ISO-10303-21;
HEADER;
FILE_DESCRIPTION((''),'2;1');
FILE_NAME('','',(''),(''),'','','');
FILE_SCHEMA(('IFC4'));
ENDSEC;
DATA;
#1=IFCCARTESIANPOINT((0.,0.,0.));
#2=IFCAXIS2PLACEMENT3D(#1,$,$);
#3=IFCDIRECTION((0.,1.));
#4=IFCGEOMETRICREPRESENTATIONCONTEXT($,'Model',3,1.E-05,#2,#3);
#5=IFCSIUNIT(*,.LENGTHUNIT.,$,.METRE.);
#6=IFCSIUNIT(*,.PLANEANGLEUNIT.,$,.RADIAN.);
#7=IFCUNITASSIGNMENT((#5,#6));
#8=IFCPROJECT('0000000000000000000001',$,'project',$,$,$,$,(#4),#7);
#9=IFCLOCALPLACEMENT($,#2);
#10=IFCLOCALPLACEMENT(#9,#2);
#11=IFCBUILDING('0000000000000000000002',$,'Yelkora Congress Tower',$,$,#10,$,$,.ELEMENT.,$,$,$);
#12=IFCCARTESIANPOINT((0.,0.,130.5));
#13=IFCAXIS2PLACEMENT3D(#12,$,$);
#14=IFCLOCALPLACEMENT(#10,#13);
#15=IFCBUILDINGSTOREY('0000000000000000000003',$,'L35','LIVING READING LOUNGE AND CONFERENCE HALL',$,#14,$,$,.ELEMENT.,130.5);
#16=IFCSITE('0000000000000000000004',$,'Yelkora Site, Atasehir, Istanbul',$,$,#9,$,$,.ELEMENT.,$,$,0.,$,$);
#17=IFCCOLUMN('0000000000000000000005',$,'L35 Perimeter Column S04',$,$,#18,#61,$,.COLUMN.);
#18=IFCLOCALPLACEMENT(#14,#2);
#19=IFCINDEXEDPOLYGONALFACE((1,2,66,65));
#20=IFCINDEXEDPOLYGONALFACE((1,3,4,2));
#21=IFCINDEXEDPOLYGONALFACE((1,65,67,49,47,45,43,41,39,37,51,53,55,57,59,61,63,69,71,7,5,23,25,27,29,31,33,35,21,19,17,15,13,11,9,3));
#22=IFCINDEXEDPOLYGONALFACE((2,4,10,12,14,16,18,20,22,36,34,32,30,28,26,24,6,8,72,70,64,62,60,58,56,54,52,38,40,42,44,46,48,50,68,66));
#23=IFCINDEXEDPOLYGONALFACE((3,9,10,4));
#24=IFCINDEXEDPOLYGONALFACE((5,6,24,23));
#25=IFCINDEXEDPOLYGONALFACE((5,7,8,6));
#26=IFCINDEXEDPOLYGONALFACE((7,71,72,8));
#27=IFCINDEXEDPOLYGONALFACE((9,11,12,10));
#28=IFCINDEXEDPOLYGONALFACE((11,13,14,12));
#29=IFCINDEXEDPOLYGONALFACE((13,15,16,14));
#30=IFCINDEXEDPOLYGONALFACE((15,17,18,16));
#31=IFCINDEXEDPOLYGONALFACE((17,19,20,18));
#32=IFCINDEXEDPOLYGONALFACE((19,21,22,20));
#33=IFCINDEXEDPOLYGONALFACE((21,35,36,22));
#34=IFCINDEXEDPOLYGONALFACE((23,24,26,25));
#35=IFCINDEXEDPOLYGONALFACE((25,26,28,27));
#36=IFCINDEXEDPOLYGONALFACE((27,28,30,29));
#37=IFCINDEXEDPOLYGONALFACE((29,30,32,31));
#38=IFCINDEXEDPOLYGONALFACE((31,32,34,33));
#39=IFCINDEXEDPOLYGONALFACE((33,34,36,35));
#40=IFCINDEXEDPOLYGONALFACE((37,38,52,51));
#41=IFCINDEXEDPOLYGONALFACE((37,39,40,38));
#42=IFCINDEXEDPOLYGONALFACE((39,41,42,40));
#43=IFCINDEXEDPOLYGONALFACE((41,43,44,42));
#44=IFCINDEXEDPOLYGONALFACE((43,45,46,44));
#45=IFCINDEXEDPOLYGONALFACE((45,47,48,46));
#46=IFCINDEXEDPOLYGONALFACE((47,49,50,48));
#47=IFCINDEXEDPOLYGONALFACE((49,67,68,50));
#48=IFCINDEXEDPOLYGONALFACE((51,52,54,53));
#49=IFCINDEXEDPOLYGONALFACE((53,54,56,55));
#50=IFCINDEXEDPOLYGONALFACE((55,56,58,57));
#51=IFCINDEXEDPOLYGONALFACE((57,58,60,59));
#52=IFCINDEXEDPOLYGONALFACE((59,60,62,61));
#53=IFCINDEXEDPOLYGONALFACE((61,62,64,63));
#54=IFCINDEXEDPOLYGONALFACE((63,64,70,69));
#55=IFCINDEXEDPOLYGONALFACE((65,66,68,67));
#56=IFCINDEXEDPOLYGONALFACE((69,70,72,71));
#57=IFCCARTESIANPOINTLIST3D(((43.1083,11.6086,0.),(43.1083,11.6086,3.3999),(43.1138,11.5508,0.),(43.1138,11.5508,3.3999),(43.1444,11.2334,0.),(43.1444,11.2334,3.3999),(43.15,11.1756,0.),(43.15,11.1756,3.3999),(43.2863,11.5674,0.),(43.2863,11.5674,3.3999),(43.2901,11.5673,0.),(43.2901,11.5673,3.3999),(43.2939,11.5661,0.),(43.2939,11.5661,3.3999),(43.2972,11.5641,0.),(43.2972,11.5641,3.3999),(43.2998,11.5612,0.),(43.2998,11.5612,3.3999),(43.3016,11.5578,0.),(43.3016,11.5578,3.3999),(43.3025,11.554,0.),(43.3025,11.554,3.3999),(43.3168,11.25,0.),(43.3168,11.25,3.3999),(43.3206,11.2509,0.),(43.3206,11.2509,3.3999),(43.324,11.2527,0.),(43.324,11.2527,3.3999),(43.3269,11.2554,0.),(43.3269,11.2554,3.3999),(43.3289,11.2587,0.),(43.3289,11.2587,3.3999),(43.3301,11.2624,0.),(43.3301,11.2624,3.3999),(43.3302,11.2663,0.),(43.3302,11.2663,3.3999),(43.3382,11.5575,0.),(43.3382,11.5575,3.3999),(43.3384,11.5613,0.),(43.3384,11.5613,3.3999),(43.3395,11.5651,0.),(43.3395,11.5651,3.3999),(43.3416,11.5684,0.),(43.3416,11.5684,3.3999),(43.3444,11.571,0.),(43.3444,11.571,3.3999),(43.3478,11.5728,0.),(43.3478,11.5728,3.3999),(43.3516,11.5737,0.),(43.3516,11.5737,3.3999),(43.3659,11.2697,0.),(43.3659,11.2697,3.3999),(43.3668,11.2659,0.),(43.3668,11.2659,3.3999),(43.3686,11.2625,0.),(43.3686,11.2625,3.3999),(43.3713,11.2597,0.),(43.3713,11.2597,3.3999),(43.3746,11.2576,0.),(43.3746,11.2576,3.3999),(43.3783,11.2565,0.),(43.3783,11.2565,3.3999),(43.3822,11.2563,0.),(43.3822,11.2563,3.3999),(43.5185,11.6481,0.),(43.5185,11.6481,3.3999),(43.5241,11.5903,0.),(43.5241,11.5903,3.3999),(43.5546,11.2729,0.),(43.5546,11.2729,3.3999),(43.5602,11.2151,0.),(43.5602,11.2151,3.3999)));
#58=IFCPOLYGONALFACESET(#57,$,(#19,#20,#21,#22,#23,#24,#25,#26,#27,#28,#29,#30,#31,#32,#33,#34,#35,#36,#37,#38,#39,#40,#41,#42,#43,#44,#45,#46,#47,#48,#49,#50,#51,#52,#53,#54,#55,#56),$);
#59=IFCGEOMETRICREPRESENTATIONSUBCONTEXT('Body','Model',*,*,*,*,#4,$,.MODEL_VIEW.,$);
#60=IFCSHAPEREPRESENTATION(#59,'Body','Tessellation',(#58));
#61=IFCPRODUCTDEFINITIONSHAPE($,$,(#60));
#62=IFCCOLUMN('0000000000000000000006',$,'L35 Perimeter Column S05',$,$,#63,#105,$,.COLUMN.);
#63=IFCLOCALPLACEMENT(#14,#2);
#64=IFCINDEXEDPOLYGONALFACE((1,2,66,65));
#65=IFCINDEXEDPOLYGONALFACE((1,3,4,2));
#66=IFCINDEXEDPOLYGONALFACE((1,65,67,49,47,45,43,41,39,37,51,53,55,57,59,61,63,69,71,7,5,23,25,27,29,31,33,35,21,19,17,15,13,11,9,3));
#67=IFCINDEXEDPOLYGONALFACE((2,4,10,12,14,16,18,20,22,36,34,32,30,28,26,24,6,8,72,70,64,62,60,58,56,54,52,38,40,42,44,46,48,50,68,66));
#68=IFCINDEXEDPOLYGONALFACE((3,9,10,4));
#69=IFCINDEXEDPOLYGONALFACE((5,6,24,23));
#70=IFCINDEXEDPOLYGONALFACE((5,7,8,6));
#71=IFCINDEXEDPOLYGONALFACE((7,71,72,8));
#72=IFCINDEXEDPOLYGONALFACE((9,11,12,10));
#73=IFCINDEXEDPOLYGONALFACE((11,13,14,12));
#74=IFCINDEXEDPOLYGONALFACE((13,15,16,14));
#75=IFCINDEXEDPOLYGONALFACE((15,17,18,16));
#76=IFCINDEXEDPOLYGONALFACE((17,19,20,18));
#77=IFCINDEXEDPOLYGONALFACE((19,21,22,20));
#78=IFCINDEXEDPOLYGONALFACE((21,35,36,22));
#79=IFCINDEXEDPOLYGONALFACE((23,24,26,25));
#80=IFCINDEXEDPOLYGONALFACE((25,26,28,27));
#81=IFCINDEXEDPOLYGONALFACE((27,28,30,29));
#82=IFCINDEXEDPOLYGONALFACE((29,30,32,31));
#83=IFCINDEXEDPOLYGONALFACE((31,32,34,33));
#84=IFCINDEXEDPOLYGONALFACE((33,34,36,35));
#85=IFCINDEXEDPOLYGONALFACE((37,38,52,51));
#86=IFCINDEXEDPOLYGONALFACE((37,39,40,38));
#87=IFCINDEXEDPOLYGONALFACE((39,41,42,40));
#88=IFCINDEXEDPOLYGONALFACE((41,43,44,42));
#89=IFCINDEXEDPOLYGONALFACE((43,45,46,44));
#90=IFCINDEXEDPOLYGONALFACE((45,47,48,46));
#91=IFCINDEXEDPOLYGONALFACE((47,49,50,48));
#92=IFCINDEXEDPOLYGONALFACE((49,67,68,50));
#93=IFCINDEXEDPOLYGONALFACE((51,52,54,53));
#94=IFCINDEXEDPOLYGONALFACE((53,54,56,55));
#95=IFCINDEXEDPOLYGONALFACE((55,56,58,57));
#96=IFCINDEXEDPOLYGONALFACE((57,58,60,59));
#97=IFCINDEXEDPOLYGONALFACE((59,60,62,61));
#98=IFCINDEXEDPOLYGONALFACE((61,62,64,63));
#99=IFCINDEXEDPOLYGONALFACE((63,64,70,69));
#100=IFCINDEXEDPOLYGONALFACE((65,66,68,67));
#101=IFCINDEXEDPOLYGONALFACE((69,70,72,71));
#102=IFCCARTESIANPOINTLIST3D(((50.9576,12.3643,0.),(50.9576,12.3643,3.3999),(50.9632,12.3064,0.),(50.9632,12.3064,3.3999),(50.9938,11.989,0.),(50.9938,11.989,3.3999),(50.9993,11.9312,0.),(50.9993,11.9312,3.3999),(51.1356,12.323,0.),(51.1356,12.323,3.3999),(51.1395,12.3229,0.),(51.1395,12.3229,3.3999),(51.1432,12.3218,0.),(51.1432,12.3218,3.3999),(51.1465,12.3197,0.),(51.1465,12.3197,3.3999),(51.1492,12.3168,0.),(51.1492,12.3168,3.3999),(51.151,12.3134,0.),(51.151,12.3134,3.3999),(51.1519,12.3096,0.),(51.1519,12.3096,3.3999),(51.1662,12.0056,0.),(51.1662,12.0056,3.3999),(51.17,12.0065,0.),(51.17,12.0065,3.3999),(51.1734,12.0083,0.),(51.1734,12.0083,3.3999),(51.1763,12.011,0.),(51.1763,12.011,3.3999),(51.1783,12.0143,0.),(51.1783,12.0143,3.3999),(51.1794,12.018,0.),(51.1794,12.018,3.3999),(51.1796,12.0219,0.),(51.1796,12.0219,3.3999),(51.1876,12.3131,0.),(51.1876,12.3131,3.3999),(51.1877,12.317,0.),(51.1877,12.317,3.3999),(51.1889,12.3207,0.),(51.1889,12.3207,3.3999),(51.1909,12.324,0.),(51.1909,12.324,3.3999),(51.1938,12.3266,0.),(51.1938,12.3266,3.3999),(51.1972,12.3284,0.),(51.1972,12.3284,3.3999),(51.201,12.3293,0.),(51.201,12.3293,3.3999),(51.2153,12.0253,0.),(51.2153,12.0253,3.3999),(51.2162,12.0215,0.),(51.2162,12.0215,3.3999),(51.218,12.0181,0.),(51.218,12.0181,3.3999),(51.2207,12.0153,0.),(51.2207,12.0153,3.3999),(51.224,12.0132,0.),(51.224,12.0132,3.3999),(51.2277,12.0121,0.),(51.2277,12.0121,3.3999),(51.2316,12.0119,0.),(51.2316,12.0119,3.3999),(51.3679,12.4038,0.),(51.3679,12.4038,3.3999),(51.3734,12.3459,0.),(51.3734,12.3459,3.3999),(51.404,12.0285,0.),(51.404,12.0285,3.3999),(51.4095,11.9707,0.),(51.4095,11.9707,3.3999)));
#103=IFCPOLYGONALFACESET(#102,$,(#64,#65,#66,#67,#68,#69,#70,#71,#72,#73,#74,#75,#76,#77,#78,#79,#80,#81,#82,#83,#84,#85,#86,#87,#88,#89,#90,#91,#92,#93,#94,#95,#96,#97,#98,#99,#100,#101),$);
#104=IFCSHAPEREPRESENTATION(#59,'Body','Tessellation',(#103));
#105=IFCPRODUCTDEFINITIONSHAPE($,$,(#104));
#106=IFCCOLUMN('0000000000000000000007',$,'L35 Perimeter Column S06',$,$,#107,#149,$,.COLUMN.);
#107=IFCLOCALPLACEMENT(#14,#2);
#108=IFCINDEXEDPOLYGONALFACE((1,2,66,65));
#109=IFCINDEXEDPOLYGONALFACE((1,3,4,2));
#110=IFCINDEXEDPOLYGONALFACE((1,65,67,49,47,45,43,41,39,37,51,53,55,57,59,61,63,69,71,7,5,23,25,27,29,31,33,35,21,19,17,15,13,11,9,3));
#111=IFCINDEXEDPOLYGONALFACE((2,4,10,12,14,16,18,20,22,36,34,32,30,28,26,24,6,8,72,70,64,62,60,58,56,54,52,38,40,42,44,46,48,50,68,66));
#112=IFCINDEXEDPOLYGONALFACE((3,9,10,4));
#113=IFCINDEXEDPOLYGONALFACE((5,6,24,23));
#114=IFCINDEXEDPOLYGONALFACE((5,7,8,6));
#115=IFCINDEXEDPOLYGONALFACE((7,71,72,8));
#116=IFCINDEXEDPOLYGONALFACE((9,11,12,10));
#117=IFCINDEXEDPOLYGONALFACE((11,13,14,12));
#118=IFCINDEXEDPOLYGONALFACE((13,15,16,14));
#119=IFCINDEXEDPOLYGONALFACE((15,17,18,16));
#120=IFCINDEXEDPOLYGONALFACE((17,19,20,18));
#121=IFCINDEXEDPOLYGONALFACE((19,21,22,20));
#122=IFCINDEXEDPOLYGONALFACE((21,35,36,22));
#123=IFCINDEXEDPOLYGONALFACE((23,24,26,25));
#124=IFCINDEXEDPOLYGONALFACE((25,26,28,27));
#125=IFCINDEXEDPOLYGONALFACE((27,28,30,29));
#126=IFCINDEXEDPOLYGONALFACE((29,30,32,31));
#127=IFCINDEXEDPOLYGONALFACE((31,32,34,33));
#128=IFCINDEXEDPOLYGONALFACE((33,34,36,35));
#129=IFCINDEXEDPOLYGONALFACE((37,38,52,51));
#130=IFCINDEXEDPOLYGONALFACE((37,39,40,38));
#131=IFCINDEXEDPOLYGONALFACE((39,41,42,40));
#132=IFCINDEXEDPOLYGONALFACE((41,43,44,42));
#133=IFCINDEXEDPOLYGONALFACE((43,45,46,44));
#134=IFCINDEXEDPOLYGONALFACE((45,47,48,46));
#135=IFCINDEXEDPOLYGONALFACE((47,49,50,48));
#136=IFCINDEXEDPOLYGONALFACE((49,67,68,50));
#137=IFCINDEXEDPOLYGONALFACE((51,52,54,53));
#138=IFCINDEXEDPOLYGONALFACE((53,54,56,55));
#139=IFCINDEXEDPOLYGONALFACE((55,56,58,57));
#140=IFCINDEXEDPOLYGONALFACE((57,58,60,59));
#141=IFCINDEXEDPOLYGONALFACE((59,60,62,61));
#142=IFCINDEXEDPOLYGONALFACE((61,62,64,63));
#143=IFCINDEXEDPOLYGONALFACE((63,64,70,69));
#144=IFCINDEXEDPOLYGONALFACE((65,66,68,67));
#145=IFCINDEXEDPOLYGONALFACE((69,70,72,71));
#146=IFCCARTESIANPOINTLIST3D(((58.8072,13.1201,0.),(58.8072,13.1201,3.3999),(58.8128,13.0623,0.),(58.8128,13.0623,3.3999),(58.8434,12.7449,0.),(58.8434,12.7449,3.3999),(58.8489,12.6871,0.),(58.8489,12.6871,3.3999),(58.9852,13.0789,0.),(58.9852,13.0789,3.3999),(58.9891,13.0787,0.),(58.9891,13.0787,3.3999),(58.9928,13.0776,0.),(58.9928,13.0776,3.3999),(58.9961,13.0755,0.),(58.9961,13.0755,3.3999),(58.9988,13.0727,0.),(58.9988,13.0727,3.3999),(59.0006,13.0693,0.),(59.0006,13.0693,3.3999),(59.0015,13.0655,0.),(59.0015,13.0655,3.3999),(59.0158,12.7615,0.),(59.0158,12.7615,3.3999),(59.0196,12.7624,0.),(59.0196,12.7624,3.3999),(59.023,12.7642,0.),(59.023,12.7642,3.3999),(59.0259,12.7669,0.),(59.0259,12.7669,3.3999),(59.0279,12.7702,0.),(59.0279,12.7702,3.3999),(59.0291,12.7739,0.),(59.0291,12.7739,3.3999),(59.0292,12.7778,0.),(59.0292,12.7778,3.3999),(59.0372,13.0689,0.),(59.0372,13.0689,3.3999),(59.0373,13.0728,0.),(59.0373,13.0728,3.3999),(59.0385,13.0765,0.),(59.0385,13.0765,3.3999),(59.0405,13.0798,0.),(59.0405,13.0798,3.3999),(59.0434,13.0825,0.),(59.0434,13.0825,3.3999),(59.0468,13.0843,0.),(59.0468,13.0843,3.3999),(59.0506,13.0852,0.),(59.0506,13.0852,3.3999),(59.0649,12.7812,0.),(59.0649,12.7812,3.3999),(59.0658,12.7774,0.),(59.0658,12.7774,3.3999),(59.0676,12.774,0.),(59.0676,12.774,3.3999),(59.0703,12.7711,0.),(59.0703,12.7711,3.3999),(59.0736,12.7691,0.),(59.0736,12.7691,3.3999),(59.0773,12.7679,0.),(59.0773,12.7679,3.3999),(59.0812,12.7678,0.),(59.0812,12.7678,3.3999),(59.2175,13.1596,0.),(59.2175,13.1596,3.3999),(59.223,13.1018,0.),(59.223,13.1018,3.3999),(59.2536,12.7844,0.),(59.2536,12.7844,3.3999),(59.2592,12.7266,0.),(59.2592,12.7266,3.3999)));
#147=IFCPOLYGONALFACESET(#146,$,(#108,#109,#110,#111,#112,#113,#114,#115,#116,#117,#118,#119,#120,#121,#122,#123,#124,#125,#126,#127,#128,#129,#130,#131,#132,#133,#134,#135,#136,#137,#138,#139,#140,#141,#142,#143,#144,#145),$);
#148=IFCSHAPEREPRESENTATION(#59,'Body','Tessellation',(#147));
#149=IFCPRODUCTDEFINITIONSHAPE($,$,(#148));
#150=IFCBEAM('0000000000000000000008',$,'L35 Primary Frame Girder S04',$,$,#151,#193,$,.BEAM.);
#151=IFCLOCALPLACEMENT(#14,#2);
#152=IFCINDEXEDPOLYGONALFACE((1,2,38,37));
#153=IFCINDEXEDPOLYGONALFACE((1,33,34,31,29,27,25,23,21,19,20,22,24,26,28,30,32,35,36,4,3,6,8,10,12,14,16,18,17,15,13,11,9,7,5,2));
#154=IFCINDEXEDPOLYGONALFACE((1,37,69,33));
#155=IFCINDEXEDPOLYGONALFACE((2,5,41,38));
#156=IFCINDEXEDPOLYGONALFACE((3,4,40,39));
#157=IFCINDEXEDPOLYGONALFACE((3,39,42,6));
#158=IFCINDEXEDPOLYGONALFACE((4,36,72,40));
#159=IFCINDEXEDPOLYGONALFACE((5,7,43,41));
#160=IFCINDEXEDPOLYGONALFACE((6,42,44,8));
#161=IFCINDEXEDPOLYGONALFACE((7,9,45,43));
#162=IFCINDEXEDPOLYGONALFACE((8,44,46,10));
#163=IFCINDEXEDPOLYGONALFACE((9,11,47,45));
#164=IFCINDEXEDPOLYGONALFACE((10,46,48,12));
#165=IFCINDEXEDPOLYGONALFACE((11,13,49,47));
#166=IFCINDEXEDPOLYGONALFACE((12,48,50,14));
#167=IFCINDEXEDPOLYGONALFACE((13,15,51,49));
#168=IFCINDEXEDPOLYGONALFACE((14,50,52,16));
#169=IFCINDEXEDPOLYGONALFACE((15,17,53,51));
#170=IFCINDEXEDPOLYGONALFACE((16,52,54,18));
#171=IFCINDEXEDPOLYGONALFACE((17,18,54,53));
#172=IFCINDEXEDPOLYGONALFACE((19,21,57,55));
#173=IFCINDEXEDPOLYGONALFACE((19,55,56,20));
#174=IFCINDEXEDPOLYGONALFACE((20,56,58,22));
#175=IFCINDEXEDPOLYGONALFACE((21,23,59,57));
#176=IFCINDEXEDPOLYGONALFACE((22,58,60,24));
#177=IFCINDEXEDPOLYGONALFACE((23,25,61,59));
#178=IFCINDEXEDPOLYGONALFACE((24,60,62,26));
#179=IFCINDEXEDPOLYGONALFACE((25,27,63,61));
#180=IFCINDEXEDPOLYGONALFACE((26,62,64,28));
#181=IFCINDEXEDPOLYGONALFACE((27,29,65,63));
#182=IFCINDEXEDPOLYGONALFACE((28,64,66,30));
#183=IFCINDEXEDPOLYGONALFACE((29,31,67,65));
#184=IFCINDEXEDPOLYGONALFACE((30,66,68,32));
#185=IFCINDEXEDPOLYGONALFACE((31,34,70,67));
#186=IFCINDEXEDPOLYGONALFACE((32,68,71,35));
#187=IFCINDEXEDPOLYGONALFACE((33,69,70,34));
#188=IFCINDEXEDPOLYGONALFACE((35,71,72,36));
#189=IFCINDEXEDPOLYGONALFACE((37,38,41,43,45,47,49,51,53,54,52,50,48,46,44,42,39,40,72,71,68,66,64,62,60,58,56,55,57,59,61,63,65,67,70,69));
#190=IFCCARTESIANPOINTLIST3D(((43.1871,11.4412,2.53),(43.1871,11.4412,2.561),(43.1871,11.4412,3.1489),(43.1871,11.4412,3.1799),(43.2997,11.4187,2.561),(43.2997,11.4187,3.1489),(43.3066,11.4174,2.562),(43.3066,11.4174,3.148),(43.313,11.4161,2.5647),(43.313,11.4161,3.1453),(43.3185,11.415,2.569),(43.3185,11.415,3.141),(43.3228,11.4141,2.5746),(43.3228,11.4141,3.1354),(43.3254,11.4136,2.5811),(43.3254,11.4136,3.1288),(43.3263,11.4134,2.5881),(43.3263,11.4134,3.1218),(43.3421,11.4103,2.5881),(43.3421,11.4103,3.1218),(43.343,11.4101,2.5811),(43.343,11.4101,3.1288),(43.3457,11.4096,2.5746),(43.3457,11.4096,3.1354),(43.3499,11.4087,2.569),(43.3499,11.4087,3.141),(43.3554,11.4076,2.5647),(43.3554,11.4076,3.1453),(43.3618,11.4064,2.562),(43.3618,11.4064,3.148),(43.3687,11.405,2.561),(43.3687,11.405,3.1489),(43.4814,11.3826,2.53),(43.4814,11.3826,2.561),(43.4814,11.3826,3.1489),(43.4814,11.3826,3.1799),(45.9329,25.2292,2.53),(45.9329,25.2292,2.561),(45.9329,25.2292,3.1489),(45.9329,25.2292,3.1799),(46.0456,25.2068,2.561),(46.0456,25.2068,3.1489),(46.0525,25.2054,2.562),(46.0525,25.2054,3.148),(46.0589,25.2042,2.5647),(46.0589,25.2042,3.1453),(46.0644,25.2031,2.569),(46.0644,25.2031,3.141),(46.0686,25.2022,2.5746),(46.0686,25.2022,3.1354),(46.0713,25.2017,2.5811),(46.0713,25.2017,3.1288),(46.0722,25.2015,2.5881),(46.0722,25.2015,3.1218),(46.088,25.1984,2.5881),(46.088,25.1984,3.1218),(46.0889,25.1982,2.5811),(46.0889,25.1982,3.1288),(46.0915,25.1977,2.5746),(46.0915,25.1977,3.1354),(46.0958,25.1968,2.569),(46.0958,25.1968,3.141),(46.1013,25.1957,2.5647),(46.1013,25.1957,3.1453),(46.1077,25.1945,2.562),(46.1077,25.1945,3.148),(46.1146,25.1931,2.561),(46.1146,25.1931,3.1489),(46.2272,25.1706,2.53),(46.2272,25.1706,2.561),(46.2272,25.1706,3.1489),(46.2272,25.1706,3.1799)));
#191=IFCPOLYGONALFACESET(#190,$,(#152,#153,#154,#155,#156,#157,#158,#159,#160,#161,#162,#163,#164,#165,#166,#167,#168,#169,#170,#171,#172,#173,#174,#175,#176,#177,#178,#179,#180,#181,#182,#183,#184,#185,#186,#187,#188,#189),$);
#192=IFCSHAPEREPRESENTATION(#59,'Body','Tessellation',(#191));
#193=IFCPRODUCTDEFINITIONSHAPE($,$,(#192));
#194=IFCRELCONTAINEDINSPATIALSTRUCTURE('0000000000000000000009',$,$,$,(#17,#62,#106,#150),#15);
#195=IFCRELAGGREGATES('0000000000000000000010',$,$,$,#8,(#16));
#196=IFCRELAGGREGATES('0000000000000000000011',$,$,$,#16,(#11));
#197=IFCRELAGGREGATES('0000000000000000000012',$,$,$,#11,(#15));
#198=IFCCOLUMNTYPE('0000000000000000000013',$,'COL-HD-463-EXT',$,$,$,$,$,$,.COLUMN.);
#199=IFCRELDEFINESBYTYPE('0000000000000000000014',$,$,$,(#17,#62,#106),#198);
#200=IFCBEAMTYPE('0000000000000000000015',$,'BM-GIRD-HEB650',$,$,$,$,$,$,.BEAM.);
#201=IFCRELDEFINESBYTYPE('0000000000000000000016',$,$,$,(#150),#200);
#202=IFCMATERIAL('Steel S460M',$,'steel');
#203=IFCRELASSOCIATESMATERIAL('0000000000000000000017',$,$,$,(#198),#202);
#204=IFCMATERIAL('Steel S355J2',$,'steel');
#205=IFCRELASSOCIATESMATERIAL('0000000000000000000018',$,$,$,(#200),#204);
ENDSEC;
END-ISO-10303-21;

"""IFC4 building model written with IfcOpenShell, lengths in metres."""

from ifc_helpers import new_model, si_unit, direction, frame, origin, origin_2d, place, context, subcontext, project, spatial, i_section, extrude, material, material_profile, profile_set, type_object, element, save


model = new_model("IFC4")

# Units and contexts
model_context = context("Model", 3, precision=1e-05, world=origin(), true_north=direction((0.0, 1.0)))
body_context = subcontext(model_context, "Body", "Model", "MODEL_VIEW")
ifc_project = project(units=[si_unit("LENGTHUNIT", "METRE"), si_unit("PLANEANGLEUNIT", "RADIAN")], contexts=[model_context])

# Site, building, storey
site_placement = place(None, origin())
site = spatial("IfcSite", under=ifc_project, at=site_placement, Name="Yelkora Site, Atasehir, Istanbul", CompositionType="ELEMENT", RefElevation=0.0)
building_placement = place(site_placement, origin())
building = spatial("IfcBuilding", under=site, at=building_placement, Name="Yelkora Congress Tower", CompositionType="ELEMENT")
storey_placement = place(building_placement, frame((0.0, 0.0, 130.5)))
storey = spatial("IfcBuildingStorey", under=building, at=storey_placement, Name="L35", Description="LIVING READING LOUNGE AND CONFERENCE HALL", CompositionType="ELEMENT", Elevation=130.5)

# Columns
ifc_material_1 = material(Name="Steel S460M", Category="steel")
ifc_material_profile_1 = material_profile(ifc_material_1, i_section(OverallWidth=0.4121, OverallDepth=0.4351, WebThickness=0.0359, FlangeThickness=0.0581, FilletRadius=0.0149, at=origin_2d()), Name="HD 400x463")
ifc_profile_set_1 = profile_set([ifc_material_profile_1], Name="Steel S460M")
column_type = type_object("IfcColumnType", Name="COL-HD-463-EXT", PredefinedType="COLUMN", material=ifc_profile_set_1)
for number, where, z_axis, x_axis, name in (
    (1, (43.3342, 11.4119, 0.0), (0.0, 0.0, 1.0), (0.995396, 0.095846, 0.0), "L35 Perimeter Column S04"),
    (2, (51.1836, 12.1675, 0.0), (0.0, 0.0, 1.0), (0.995396, 0.095846, 0.0), "L35 Perimeter Column S05"),
    (3, (59.0332, 12.9233, 0.0), (0.0, 0.0, 1.0), (0.995396, 0.095846, 0.0), "L35 Perimeter Column S06"),
):
    element("IfcColumn", number, at=place(storey_placement, frame(where, z_axis=z_axis, x_axis=x_axis)), inside=storey, type_object=column_type, Name=name, PredefinedType="COLUMN", context=body_context, shape_type="SweptSolid", body=[
        extrude(i_section(OverallWidth=0.4121, OverallDepth=0.4351, WebThickness=0.0359, FlangeThickness=0.0581, FilletRadius=0.0149, at=origin_2d()), origin(), (0.0, 0.0, 1.0), 3.3999),
    ])

# Beam
ifc_material_2 = material(Name="Steel S355J2", Category="steel")
ifc_material_profile_2 = material_profile(ifc_material_2, i_section(OverallWidth=0.3, OverallDepth=0.6499, WebThickness=0.0161, FlangeThickness=0.031, FilletRadius=0.0271, at=origin_2d()), Name="HEB 650")
ifc_profile_set_2 = profile_set([ifc_material_profile_2], Name="Steel S355J2")
beam_type_1 = type_object("IfcBeamType", Name="BM-GIRD-HEB650", PredefinedType="BEAM", material=ifc_profile_set_2)
beam_1_placement = place(storey_placement, frame((43.3342, 11.4119, 2.855), z_axis=(0.195311, 0.980741, 0.0), x_axis=(-0.980741, 0.195311, 0.0)))
element("IfcBeam", 4, at=beam_1_placement, inside=storey, type_object=beam_type_1, Name="L35 Primary Frame Girder S04", PredefinedType="BEAM", context=body_context, shape_type="SweptSolid", body=[
    extrude(i_section(OverallWidth=0.3, OverallDepth=0.6499, WebThickness=0.0161, FlangeThickness=0.031, FilletRadius=0.0271, at=origin_2d()), origin(), (0.0, 0.0, 1.0), 14.0588),
])

save(model, "model.ifc")
